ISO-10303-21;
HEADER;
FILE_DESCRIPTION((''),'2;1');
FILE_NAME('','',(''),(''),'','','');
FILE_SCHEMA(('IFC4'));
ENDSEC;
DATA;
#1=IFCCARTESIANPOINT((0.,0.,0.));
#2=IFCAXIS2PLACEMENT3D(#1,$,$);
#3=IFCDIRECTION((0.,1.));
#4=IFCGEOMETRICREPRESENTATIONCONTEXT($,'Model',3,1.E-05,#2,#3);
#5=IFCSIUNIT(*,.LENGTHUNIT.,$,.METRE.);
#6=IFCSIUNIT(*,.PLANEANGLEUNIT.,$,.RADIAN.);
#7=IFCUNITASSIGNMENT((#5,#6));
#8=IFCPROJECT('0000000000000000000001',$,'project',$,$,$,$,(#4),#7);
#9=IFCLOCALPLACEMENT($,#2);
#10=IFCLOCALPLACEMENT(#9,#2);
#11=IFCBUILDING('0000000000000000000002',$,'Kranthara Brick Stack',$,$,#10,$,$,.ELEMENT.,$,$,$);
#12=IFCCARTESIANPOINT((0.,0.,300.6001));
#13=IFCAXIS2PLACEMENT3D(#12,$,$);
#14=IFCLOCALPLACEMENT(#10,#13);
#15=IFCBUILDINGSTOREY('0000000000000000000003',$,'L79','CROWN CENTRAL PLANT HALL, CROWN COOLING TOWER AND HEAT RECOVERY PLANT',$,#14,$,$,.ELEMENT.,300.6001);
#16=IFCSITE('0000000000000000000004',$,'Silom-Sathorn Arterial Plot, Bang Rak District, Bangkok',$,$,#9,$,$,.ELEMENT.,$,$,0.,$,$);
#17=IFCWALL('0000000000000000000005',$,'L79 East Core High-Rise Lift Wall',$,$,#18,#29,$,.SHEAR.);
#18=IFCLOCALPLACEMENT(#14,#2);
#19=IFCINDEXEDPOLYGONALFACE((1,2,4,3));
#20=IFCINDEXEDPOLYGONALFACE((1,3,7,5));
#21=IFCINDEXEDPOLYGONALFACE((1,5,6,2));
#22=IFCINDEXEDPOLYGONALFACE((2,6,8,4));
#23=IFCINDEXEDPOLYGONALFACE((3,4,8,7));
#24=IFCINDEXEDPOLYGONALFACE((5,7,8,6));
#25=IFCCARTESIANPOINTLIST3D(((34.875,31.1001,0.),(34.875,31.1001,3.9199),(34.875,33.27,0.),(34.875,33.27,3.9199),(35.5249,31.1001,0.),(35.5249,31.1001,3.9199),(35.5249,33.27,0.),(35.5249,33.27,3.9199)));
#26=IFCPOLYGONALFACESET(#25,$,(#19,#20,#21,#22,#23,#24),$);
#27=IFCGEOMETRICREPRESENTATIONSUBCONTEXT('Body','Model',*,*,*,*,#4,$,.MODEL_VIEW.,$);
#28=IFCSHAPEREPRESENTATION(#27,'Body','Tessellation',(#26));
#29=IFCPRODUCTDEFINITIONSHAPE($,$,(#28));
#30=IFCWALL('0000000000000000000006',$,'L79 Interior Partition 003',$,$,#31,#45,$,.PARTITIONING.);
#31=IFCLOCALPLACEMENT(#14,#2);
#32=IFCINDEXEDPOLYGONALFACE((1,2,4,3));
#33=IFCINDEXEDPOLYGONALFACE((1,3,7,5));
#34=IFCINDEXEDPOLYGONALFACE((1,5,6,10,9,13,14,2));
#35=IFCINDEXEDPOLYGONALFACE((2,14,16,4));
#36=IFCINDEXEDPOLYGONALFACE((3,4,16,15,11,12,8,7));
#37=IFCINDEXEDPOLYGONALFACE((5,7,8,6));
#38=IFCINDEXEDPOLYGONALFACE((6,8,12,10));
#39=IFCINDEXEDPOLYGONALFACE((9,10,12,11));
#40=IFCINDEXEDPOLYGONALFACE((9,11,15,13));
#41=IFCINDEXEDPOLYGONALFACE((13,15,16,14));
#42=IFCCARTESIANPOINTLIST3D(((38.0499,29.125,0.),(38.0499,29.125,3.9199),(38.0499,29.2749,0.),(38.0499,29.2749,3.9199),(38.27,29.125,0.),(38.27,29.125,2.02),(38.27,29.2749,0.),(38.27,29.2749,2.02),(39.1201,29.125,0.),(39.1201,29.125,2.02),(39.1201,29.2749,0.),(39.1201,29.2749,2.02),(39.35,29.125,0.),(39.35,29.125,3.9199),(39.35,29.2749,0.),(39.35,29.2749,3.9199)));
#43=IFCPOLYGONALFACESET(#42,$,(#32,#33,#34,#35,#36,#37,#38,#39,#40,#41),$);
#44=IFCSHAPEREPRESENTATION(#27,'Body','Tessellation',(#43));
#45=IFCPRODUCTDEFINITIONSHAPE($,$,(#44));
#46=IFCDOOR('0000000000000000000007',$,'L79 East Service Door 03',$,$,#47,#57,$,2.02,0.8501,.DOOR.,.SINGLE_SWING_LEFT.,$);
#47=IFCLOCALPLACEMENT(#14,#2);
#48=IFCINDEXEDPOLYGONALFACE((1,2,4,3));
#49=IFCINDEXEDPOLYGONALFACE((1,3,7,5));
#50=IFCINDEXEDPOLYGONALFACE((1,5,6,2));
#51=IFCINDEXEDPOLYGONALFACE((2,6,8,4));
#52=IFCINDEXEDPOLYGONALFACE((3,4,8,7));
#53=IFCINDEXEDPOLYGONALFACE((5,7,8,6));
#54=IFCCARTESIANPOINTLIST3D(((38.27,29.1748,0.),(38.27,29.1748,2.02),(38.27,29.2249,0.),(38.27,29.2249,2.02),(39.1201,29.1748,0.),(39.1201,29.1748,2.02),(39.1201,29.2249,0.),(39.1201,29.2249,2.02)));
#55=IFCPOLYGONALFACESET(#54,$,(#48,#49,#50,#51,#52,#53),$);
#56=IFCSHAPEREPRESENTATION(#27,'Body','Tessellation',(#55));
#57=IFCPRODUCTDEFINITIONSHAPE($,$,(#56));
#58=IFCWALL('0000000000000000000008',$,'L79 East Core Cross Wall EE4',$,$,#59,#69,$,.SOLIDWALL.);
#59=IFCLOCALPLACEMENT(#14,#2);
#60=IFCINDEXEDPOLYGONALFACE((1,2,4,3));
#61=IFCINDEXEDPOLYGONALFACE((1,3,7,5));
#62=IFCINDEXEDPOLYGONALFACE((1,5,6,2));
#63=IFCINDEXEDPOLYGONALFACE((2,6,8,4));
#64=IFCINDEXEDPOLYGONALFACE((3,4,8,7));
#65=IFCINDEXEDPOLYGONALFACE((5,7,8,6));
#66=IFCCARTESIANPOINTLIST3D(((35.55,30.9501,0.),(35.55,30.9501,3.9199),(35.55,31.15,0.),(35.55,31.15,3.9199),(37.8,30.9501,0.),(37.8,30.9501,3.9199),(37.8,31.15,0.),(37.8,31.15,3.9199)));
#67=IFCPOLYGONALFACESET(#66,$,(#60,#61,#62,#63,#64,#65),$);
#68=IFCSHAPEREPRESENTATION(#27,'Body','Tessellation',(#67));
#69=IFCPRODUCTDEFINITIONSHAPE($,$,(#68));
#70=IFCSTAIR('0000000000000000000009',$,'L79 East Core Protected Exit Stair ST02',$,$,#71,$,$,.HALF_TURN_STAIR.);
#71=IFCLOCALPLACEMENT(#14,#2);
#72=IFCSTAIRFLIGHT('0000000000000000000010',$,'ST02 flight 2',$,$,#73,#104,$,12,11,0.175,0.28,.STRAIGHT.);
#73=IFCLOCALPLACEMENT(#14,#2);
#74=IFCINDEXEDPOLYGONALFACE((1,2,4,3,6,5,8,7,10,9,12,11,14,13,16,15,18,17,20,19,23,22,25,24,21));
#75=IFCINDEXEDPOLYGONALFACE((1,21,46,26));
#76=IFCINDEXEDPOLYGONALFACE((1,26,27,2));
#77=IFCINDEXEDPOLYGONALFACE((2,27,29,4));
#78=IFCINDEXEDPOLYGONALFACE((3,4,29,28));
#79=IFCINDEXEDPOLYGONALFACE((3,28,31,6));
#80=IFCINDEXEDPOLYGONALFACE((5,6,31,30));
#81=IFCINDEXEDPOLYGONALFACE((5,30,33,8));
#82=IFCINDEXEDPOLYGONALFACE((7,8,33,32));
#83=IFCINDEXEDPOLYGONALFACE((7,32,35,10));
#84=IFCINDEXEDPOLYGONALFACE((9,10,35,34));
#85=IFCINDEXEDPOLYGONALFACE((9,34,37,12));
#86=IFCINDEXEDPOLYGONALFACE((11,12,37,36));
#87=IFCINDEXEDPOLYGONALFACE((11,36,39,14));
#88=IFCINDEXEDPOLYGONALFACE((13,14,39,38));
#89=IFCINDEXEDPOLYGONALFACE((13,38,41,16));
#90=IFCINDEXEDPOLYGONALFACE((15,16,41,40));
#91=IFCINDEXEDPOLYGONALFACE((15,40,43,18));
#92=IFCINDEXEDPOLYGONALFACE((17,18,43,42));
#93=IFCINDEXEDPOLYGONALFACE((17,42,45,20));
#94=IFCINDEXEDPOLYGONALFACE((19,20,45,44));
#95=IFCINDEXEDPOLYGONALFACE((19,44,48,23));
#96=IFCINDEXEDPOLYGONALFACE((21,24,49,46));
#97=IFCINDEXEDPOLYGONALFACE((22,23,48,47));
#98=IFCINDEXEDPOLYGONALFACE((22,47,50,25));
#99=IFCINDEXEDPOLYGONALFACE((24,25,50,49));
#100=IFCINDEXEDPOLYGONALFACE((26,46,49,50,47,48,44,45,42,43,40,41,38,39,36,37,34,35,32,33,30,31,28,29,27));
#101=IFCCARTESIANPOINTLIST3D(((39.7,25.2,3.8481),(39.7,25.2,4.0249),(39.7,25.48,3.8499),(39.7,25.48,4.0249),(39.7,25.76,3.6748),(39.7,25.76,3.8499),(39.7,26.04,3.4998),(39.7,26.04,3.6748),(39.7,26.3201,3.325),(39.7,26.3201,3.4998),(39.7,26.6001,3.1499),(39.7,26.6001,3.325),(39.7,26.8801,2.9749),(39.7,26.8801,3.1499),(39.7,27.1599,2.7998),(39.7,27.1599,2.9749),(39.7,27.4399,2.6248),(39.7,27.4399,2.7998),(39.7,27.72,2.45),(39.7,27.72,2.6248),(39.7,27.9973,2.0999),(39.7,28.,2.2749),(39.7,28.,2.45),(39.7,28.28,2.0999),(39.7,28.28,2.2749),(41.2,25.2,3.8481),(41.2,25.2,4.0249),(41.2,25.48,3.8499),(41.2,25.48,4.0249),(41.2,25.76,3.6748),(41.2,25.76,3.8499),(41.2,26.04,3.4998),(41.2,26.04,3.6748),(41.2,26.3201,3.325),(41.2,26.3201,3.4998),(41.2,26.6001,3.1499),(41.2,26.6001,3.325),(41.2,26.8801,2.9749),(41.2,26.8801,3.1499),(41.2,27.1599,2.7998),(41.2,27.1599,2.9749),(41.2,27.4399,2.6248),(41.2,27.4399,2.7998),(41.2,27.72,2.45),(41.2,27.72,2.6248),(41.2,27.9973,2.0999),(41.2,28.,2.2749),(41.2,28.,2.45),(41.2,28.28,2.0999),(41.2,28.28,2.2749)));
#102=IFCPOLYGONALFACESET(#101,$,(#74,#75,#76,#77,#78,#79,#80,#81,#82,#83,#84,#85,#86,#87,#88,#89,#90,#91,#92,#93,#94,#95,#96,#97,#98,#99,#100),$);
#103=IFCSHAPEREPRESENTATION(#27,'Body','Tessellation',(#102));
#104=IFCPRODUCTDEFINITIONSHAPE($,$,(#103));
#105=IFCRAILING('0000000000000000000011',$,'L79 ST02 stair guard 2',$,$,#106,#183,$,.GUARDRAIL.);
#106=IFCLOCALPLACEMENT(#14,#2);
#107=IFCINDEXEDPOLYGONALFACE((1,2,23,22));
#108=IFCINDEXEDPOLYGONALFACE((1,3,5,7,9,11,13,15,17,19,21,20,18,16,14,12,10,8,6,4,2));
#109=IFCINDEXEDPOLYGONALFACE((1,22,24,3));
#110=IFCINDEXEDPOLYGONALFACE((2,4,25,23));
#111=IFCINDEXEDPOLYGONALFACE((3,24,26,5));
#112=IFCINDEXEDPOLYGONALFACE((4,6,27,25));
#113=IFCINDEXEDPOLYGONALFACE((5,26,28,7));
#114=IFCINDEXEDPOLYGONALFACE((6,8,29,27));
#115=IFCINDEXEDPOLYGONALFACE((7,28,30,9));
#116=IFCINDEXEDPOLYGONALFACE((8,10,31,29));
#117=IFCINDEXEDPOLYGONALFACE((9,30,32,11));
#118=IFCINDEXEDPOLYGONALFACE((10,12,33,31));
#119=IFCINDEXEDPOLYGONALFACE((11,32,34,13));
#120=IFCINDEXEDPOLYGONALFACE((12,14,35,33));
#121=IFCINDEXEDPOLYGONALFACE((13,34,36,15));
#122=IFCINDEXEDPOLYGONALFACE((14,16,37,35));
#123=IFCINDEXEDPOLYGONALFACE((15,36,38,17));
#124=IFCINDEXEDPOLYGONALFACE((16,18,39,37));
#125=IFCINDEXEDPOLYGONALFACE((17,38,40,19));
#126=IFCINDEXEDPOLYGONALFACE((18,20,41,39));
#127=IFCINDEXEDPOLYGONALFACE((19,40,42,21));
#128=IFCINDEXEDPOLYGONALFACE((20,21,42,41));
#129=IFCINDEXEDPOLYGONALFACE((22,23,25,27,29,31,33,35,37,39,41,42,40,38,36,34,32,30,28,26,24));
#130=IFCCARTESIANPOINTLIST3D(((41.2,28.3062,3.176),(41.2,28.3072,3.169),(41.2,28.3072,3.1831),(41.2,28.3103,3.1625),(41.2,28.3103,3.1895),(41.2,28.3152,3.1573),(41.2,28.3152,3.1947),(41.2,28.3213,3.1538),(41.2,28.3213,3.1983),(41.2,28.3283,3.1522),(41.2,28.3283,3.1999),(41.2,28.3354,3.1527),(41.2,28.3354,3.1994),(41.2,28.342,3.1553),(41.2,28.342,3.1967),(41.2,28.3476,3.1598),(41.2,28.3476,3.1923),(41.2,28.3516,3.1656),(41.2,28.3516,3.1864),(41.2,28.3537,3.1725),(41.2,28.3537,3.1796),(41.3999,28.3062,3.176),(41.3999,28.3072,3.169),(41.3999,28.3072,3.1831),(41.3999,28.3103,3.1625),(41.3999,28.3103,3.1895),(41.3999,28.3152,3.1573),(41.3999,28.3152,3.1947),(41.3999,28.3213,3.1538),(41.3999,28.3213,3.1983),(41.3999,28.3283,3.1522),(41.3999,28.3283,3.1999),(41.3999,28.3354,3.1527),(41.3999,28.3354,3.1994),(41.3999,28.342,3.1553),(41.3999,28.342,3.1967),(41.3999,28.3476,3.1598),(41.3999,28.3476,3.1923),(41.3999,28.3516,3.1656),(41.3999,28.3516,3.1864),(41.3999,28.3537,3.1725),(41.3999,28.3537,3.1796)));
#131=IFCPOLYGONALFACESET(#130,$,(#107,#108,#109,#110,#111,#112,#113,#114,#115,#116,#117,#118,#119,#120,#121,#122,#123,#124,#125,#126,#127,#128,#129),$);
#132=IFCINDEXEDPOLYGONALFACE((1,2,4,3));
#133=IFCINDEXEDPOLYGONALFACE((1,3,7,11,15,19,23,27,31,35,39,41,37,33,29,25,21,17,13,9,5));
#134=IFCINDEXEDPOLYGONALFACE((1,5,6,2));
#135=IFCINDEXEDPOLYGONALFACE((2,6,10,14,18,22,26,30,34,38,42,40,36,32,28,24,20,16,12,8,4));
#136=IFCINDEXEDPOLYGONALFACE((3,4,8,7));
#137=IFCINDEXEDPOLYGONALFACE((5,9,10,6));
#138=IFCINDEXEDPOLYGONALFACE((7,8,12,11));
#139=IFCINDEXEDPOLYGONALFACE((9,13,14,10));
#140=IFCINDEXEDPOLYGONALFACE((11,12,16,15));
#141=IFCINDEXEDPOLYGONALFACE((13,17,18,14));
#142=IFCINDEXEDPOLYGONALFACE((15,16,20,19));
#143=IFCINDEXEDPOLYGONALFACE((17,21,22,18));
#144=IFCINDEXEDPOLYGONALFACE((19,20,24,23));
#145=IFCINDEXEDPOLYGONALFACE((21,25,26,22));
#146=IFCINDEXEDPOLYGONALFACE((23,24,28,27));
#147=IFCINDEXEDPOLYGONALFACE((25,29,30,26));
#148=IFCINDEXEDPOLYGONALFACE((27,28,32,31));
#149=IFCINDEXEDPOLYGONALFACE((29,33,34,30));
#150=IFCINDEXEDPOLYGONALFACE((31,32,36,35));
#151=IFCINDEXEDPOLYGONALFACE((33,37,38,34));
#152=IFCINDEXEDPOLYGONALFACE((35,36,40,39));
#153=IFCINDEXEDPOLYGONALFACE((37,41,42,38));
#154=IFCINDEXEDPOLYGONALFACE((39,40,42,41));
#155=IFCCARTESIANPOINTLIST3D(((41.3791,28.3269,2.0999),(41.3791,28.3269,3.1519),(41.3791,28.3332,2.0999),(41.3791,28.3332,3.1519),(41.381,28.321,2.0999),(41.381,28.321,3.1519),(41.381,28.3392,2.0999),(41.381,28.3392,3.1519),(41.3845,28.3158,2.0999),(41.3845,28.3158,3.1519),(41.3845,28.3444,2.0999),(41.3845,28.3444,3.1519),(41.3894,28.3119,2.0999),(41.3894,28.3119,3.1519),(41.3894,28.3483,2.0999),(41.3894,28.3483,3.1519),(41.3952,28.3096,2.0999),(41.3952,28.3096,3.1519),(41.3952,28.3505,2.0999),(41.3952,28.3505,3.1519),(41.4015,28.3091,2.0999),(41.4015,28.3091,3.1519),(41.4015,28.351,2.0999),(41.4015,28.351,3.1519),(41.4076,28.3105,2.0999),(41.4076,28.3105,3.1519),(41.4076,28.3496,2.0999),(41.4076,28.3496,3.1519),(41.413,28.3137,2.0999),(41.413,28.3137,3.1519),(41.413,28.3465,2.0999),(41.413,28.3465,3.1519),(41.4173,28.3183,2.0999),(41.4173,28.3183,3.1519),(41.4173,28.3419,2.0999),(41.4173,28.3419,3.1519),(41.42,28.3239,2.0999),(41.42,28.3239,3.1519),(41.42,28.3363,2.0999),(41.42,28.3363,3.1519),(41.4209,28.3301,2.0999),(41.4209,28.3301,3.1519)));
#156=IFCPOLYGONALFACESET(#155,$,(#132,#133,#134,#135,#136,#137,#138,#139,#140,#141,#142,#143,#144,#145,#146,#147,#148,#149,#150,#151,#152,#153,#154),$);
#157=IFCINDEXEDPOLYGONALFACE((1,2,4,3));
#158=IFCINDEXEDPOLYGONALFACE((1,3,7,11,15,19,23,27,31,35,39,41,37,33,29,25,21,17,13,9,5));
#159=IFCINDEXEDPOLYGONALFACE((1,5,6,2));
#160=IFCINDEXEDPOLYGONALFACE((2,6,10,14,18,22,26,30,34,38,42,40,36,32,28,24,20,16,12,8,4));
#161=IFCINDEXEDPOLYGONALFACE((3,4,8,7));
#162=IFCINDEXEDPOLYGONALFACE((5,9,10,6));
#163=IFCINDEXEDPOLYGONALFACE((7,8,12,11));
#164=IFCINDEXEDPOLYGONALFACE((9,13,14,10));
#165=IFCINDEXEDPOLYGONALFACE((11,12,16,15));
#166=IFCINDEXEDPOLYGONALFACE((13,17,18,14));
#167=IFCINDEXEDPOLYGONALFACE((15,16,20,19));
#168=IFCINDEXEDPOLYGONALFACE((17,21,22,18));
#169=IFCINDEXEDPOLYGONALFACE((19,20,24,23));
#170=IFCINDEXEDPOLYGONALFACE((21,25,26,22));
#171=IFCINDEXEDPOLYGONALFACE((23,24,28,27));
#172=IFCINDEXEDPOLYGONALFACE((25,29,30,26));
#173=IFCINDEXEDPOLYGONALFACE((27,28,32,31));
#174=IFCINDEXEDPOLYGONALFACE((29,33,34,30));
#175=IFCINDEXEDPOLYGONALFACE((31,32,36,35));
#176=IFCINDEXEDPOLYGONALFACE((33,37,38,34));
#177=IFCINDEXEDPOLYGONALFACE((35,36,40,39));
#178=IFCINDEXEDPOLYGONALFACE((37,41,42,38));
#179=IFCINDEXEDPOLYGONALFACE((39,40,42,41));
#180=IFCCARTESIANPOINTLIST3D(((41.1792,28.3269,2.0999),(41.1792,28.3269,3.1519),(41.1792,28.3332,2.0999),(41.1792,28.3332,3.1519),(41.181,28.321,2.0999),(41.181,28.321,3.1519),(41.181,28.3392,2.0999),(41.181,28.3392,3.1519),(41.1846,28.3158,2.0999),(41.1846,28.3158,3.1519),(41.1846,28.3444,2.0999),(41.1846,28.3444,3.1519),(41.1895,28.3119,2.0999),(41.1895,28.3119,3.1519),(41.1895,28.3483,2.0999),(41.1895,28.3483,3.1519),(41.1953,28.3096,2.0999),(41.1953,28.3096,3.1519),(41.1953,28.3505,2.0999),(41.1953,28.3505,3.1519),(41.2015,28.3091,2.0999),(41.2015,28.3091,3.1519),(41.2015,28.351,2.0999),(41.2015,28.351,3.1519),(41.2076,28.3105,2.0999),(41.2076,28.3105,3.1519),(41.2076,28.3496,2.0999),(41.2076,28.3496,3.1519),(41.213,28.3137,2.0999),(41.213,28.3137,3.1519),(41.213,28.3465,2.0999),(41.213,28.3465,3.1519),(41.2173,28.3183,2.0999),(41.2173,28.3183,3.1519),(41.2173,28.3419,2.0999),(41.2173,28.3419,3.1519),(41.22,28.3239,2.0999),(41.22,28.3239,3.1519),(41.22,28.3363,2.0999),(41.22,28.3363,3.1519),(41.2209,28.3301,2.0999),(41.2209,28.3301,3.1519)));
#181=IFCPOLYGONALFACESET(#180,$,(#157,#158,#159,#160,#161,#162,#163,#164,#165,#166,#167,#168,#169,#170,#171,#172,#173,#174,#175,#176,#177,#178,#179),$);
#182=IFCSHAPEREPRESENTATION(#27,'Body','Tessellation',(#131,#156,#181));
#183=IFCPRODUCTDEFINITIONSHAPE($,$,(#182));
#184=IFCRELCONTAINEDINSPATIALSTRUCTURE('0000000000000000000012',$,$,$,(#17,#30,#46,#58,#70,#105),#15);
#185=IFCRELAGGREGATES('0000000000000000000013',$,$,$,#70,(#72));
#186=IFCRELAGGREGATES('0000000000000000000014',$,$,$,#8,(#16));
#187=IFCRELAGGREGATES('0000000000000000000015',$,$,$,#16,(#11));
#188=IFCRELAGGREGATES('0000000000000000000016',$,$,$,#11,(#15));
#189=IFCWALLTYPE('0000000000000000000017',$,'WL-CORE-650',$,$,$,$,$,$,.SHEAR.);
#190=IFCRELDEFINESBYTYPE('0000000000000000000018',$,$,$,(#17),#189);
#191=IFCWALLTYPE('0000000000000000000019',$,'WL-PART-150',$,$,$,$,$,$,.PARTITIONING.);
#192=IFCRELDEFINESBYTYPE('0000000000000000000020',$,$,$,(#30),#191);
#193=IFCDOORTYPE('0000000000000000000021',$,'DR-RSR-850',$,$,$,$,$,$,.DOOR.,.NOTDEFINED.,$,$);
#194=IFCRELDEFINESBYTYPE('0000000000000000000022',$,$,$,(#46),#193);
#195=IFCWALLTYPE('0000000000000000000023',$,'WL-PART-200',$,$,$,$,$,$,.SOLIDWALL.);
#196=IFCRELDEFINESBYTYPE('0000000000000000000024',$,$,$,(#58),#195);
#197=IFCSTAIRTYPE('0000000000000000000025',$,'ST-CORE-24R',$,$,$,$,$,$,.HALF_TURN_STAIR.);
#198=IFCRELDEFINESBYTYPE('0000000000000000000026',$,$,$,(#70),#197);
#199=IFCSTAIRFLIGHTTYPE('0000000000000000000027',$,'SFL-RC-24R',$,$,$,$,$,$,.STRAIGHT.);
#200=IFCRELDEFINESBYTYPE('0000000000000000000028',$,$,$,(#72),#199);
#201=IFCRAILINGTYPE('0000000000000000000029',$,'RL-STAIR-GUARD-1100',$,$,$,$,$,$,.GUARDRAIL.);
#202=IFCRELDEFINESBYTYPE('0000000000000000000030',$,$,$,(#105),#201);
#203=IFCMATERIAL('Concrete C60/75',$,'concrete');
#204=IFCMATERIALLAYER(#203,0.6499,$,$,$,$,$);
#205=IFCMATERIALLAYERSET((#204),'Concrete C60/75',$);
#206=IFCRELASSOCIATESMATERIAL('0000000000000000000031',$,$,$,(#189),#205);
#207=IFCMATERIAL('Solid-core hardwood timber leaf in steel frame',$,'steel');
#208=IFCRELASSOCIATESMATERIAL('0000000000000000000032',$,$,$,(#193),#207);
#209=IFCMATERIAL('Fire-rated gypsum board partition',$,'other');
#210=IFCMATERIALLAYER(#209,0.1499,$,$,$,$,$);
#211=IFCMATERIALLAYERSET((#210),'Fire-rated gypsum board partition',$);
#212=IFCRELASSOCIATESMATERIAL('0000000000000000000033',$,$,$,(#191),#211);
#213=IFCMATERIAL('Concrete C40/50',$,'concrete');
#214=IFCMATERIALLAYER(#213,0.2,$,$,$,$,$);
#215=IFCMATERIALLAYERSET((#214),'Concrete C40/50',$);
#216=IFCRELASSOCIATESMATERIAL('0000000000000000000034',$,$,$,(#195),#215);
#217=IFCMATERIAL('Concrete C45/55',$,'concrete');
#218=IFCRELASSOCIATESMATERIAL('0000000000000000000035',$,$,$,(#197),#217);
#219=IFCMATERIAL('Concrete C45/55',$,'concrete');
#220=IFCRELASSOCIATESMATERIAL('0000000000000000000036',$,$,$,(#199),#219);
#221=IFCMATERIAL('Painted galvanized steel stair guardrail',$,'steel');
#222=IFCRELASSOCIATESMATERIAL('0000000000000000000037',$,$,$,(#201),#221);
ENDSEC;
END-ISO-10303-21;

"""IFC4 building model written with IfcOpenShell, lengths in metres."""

from ifc_helpers import new_model, si_unit, direction, frame, frame_2d, origin, origin_2d, place, context, subcontext, project, spatial, polyline, rectangle, circle, outline, extrude, material, layer, layer_set, type_object, element, fill, aggregate, save


model = new_model("IFC4")

# Units and contexts
model_context = context("Model", 3, precision=1e-05, world=origin(), true_north=direction((0.0, 1.0)))
body_context = subcontext(model_context, "Body", "Model", "MODEL_VIEW")
ifc_project = project(units=[si_unit("LENGTHUNIT", "METRE"), si_unit("PLANEANGLEUNIT", "RADIAN")], contexts=[model_context])

# Site, building, storey
site_placement = place(None, origin())
site = spatial("IfcSite", under=ifc_project, at=site_placement, Name="Silom-Sathorn Arterial Plot, Bang Rak District, Bangkok", CompositionType="ELEMENT", RefElevation=0.0)
building_placement = place(site_placement, origin())
building = spatial("IfcBuilding", under=site, at=building_placement, Name="Kranthara Brick Stack", CompositionType="ELEMENT")
storey_placement = place(building_placement, frame((0.0, 0.0, 300.6001)))
storey = spatial("IfcBuildingStorey", under=building, at=storey_placement, Name="L79", Description="CROWN CENTRAL PLANT HALL, CROWN COOLING TOWER AND HEAT RECOVERY PLANT", CompositionType="ELEMENT", Elevation=300.6001)

# Shared definitions
ifc_material_1 = material(Name="Concrete C60/75", Category="concrete")
ifc_layer_1 = layer(ifc_material_1, 0.6499)
ifc_layer_set_1 = layer_set([ifc_layer_1], Name="Concrete C60/75")
wall_type_1 = type_object("IfcWallType", Name="WL-CORE-650", PredefinedType="SHEAR", material=ifc_layer_set_1)
ifc_material_2 = material(Name="Solid-core hardwood timber leaf in steel frame", Category="steel")
door_type_1 = type_object("IfcDoorType", Name="DR-RSR-850", OperationType="NOTDEFINED", PredefinedType="DOOR", material=ifc_material_2)

# Wall
wall_1_placement = place(storey_placement, frame((35.2, 31.1001, 0.0), z_axis=(0.0, 0.0, 1.0), x_axis=(0.0, 1.0, 0.0)))
element("IfcWall", 1, at=wall_1_placement, inside=storey, type_object=wall_type_1, Name="L79 East Core High-Rise Lift Wall", PredefinedType="SHEAR", context=body_context, shape_type="SweptSolid", body=[
    extrude(rectangle(XDim=2.1699, YDim=0.6499, at=frame_2d((1.085, 0.0))), origin(), (0.0, 0.0, 1.0), 3.9199),
])

# Wall, opening, door
ifc_material_3 = material(Name="Fire-rated gypsum board partition", Category="other")
ifc_layer_2 = layer(ifc_material_3, 0.1499)
ifc_layer_set_2 = layer_set([ifc_layer_2], Name="Fire-rated gypsum board partition")
wall_type_2 = type_object("IfcWallType", Name="WL-PART-150", PredefinedType="PARTITIONING", material=ifc_layer_set_2)
wall_2_placement = place(storey_placement, frame((38.05, 29.2, 0.0), z_axis=(0.0, 0.0, 1.0), x_axis=(1.0, 0.0, 0.0)))
wall_2 = element("IfcWall", 2, at=wall_2_placement, inside=storey, type_object=wall_type_2, Name="L79 Interior Partition 003", PredefinedType="PARTITIONING", context=body_context, shape_type="SweptSolid", body=[
    extrude(rectangle(XDim=1.3, YDim=0.1499, at=frame_2d((0.6499, 0.0))), origin(), (0.0, 0.0, 1.0), 3.9199),
])
opening_1_placement = place(wall_2_placement, frame((0.22, 0.0, 0.0)))
opening_1 = element("IfcOpeningElement", 3, at=opening_1_placement, cuts=wall_2, PredefinedType="OPENING", context=body_context, shape_type="SweptSolid", body=[
    extrude(rectangle(XDim=0.8501, YDim=2.02, at=frame_2d((0.425, 1.01))), frame((0.0, 0.085, 0.0), z_axis=(0.0, -1.0, 0.0), x_axis=(1.0, 0.0, 0.0)), (0.0, 0.0, 1.0), 0.1699),
])
door_1_placement = place(opening_1_placement, origin())
door_1 = element("IfcDoor", 4, at=door_1_placement, inside=storey, type_object=door_type_1, Name="L79 East Service Door 03", OperationType="SINGLE_SWING_LEFT", OverallHeight=2.02, OverallWidth=0.8501, PredefinedType="DOOR", context=body_context, shape_type="SweptSolid", body=[
    extrude(rectangle(XDim=0.8501, YDim=2.02, at=frame_2d((0.425, 1.01))), frame((0.0, 0.0249, 0.0), z_axis=(0.0, -1.0, 0.0), x_axis=(1.0, 0.0, 0.0)), (0.0, 0.0, 1.0), 0.05),
])
fill(opening_1, door_1)

# Wall
ifc_material_4 = material(Name="Concrete C40/50", Category="concrete")
ifc_layer_3 = layer(ifc_material_4, 0.2)
ifc_layer_set_3 = layer_set([ifc_layer_3], Name="Concrete C40/50")
wall_type_3 = type_object("IfcWallType", Name="WL-PART-200", PredefinedType="SOLIDWALL", material=ifc_layer_set_3)
wall_3_placement = place(storey_placement, frame((35.55, 31.05, 0.0), z_axis=(0.0, 0.0, 1.0), x_axis=(1.0, 0.0, 0.0)))
element("IfcWall", 5, at=wall_3_placement, inside=storey, type_object=wall_type_3, Name="L79 East Core Cross Wall EE4", PredefinedType="SOLIDWALL", context=body_context, shape_type="SweptSolid", body=[
    extrude(rectangle(XDim=2.25, YDim=0.2, at=frame_2d((1.125, 0.0))), origin(), (0.0, 0.0, 1.0), 3.9199),
])

# Stair, stair flight
ifc_material_5 = material(Name="Concrete C45/55", Category="concrete")
stair_type = type_object("IfcStairType", Name="ST-CORE-24R", PredefinedType="HALF_TURN_STAIR", material=ifc_material_5)
stair_placement = place(storey_placement, origin())
stair = element("IfcStair", 6, at=stair_placement, inside=storey, type_object=stair_type, Name="L79 East Core Protected Exit Stair ST02", PredefinedType="HALF_TURN_STAIR")
ifc_material_6 = material(Name="Concrete C45/55", Category="concrete")
stair_flight_type = type_object("IfcStairFlightType", Name="SFL-RC-24R", PredefinedType="STRAIGHT", material=ifc_material_6)
stair_flight_placement = place(storey_placement, frame((40.45, 28.28, 2.0999), z_axis=(0.0, 0.0, 1.0), x_axis=(0.0, -1.0, 0.0)))
stair_flight = element("IfcStairFlight", 7, at=stair_flight_placement, type_object=stair_flight_type, Name="ST02 flight 2", NumberOfRisers=12, NumberOfTreads=11, PredefinedType="STRAIGHT", RiserHeight=0.175, TreadLength=0.28, context=body_context, shape_type="SweptSolid", body=[
    extrude(outline(polyline([(0.0, 0.0), (0.0, 0.175), (0.28, 0.175), (0.28, 0.3501), (0.5601, 0.3501), (0.5601, 0.5249), (0.8401, 0.5249), (0.8401, 0.7), (1.1201, 0.7), (1.1201, 0.875), (1.3999, 0.875), (1.3999, 1.05), (1.6799, 1.05), (1.6799, 1.2251), (1.96, 1.2251), (1.96, 1.3999), (2.24, 1.3999), (2.24, 1.575), (2.52, 1.575), (2.52, 1.75), (2.8, 1.75), (2.8, 1.925), (3.0801, 1.925), (3.0801, 2.1001), (3.0801, 1.7483), (0.2827, 0.0), (0.0, 0.0)])), frame((0.0, 0.75, 0.0), z_axis=(0.0, -1.0, 0.0), x_axis=(1.0, 0.0, 0.0)), (0.0, 0.0, 1.0), 1.5),
])
aggregate(stair, [stair_flight])

# Railing
ifc_material_7 = material(Name="Painted galvanized steel stair guardrail", Category="steel")
railing_type_1 = type_object("IfcRailingType", Name="RL-STAIR-GUARD-1100", PredefinedType="GUARDRAIL", material=ifc_material_7)
railing_1_placement = place(storey_placement, frame((41.3999, 28.3301, 2.0999)))
element("IfcRailing", 8, at=railing_1_placement, inside=storey, type_object=railing_type_1, Name="L79 ST02 stair guard 2", PredefinedType="GUARDRAIL", context=body_context, shape_type="SweptSolid", body=[
    extrude(circle(Radius=0.0239, at=origin_2d()), frame((0.0, 0.0, 1.0762), z_axis=(-1.0, 0.0, 0.0), x_axis=(0.0, -1.0, 0.0)), (0.0, 0.0, 1.0), 0.2),
    extrude(circle(Radius=0.021, at=origin_2d()), origin(), (0.0, 0.0, 1.0), 1.052),
    extrude(circle(Radius=0.021, at=origin_2d()), frame((-0.2, 0.0, 0.0)), (0.0, 0.0, 1.0), 1.052),
])

save(model, "model.ifc")
